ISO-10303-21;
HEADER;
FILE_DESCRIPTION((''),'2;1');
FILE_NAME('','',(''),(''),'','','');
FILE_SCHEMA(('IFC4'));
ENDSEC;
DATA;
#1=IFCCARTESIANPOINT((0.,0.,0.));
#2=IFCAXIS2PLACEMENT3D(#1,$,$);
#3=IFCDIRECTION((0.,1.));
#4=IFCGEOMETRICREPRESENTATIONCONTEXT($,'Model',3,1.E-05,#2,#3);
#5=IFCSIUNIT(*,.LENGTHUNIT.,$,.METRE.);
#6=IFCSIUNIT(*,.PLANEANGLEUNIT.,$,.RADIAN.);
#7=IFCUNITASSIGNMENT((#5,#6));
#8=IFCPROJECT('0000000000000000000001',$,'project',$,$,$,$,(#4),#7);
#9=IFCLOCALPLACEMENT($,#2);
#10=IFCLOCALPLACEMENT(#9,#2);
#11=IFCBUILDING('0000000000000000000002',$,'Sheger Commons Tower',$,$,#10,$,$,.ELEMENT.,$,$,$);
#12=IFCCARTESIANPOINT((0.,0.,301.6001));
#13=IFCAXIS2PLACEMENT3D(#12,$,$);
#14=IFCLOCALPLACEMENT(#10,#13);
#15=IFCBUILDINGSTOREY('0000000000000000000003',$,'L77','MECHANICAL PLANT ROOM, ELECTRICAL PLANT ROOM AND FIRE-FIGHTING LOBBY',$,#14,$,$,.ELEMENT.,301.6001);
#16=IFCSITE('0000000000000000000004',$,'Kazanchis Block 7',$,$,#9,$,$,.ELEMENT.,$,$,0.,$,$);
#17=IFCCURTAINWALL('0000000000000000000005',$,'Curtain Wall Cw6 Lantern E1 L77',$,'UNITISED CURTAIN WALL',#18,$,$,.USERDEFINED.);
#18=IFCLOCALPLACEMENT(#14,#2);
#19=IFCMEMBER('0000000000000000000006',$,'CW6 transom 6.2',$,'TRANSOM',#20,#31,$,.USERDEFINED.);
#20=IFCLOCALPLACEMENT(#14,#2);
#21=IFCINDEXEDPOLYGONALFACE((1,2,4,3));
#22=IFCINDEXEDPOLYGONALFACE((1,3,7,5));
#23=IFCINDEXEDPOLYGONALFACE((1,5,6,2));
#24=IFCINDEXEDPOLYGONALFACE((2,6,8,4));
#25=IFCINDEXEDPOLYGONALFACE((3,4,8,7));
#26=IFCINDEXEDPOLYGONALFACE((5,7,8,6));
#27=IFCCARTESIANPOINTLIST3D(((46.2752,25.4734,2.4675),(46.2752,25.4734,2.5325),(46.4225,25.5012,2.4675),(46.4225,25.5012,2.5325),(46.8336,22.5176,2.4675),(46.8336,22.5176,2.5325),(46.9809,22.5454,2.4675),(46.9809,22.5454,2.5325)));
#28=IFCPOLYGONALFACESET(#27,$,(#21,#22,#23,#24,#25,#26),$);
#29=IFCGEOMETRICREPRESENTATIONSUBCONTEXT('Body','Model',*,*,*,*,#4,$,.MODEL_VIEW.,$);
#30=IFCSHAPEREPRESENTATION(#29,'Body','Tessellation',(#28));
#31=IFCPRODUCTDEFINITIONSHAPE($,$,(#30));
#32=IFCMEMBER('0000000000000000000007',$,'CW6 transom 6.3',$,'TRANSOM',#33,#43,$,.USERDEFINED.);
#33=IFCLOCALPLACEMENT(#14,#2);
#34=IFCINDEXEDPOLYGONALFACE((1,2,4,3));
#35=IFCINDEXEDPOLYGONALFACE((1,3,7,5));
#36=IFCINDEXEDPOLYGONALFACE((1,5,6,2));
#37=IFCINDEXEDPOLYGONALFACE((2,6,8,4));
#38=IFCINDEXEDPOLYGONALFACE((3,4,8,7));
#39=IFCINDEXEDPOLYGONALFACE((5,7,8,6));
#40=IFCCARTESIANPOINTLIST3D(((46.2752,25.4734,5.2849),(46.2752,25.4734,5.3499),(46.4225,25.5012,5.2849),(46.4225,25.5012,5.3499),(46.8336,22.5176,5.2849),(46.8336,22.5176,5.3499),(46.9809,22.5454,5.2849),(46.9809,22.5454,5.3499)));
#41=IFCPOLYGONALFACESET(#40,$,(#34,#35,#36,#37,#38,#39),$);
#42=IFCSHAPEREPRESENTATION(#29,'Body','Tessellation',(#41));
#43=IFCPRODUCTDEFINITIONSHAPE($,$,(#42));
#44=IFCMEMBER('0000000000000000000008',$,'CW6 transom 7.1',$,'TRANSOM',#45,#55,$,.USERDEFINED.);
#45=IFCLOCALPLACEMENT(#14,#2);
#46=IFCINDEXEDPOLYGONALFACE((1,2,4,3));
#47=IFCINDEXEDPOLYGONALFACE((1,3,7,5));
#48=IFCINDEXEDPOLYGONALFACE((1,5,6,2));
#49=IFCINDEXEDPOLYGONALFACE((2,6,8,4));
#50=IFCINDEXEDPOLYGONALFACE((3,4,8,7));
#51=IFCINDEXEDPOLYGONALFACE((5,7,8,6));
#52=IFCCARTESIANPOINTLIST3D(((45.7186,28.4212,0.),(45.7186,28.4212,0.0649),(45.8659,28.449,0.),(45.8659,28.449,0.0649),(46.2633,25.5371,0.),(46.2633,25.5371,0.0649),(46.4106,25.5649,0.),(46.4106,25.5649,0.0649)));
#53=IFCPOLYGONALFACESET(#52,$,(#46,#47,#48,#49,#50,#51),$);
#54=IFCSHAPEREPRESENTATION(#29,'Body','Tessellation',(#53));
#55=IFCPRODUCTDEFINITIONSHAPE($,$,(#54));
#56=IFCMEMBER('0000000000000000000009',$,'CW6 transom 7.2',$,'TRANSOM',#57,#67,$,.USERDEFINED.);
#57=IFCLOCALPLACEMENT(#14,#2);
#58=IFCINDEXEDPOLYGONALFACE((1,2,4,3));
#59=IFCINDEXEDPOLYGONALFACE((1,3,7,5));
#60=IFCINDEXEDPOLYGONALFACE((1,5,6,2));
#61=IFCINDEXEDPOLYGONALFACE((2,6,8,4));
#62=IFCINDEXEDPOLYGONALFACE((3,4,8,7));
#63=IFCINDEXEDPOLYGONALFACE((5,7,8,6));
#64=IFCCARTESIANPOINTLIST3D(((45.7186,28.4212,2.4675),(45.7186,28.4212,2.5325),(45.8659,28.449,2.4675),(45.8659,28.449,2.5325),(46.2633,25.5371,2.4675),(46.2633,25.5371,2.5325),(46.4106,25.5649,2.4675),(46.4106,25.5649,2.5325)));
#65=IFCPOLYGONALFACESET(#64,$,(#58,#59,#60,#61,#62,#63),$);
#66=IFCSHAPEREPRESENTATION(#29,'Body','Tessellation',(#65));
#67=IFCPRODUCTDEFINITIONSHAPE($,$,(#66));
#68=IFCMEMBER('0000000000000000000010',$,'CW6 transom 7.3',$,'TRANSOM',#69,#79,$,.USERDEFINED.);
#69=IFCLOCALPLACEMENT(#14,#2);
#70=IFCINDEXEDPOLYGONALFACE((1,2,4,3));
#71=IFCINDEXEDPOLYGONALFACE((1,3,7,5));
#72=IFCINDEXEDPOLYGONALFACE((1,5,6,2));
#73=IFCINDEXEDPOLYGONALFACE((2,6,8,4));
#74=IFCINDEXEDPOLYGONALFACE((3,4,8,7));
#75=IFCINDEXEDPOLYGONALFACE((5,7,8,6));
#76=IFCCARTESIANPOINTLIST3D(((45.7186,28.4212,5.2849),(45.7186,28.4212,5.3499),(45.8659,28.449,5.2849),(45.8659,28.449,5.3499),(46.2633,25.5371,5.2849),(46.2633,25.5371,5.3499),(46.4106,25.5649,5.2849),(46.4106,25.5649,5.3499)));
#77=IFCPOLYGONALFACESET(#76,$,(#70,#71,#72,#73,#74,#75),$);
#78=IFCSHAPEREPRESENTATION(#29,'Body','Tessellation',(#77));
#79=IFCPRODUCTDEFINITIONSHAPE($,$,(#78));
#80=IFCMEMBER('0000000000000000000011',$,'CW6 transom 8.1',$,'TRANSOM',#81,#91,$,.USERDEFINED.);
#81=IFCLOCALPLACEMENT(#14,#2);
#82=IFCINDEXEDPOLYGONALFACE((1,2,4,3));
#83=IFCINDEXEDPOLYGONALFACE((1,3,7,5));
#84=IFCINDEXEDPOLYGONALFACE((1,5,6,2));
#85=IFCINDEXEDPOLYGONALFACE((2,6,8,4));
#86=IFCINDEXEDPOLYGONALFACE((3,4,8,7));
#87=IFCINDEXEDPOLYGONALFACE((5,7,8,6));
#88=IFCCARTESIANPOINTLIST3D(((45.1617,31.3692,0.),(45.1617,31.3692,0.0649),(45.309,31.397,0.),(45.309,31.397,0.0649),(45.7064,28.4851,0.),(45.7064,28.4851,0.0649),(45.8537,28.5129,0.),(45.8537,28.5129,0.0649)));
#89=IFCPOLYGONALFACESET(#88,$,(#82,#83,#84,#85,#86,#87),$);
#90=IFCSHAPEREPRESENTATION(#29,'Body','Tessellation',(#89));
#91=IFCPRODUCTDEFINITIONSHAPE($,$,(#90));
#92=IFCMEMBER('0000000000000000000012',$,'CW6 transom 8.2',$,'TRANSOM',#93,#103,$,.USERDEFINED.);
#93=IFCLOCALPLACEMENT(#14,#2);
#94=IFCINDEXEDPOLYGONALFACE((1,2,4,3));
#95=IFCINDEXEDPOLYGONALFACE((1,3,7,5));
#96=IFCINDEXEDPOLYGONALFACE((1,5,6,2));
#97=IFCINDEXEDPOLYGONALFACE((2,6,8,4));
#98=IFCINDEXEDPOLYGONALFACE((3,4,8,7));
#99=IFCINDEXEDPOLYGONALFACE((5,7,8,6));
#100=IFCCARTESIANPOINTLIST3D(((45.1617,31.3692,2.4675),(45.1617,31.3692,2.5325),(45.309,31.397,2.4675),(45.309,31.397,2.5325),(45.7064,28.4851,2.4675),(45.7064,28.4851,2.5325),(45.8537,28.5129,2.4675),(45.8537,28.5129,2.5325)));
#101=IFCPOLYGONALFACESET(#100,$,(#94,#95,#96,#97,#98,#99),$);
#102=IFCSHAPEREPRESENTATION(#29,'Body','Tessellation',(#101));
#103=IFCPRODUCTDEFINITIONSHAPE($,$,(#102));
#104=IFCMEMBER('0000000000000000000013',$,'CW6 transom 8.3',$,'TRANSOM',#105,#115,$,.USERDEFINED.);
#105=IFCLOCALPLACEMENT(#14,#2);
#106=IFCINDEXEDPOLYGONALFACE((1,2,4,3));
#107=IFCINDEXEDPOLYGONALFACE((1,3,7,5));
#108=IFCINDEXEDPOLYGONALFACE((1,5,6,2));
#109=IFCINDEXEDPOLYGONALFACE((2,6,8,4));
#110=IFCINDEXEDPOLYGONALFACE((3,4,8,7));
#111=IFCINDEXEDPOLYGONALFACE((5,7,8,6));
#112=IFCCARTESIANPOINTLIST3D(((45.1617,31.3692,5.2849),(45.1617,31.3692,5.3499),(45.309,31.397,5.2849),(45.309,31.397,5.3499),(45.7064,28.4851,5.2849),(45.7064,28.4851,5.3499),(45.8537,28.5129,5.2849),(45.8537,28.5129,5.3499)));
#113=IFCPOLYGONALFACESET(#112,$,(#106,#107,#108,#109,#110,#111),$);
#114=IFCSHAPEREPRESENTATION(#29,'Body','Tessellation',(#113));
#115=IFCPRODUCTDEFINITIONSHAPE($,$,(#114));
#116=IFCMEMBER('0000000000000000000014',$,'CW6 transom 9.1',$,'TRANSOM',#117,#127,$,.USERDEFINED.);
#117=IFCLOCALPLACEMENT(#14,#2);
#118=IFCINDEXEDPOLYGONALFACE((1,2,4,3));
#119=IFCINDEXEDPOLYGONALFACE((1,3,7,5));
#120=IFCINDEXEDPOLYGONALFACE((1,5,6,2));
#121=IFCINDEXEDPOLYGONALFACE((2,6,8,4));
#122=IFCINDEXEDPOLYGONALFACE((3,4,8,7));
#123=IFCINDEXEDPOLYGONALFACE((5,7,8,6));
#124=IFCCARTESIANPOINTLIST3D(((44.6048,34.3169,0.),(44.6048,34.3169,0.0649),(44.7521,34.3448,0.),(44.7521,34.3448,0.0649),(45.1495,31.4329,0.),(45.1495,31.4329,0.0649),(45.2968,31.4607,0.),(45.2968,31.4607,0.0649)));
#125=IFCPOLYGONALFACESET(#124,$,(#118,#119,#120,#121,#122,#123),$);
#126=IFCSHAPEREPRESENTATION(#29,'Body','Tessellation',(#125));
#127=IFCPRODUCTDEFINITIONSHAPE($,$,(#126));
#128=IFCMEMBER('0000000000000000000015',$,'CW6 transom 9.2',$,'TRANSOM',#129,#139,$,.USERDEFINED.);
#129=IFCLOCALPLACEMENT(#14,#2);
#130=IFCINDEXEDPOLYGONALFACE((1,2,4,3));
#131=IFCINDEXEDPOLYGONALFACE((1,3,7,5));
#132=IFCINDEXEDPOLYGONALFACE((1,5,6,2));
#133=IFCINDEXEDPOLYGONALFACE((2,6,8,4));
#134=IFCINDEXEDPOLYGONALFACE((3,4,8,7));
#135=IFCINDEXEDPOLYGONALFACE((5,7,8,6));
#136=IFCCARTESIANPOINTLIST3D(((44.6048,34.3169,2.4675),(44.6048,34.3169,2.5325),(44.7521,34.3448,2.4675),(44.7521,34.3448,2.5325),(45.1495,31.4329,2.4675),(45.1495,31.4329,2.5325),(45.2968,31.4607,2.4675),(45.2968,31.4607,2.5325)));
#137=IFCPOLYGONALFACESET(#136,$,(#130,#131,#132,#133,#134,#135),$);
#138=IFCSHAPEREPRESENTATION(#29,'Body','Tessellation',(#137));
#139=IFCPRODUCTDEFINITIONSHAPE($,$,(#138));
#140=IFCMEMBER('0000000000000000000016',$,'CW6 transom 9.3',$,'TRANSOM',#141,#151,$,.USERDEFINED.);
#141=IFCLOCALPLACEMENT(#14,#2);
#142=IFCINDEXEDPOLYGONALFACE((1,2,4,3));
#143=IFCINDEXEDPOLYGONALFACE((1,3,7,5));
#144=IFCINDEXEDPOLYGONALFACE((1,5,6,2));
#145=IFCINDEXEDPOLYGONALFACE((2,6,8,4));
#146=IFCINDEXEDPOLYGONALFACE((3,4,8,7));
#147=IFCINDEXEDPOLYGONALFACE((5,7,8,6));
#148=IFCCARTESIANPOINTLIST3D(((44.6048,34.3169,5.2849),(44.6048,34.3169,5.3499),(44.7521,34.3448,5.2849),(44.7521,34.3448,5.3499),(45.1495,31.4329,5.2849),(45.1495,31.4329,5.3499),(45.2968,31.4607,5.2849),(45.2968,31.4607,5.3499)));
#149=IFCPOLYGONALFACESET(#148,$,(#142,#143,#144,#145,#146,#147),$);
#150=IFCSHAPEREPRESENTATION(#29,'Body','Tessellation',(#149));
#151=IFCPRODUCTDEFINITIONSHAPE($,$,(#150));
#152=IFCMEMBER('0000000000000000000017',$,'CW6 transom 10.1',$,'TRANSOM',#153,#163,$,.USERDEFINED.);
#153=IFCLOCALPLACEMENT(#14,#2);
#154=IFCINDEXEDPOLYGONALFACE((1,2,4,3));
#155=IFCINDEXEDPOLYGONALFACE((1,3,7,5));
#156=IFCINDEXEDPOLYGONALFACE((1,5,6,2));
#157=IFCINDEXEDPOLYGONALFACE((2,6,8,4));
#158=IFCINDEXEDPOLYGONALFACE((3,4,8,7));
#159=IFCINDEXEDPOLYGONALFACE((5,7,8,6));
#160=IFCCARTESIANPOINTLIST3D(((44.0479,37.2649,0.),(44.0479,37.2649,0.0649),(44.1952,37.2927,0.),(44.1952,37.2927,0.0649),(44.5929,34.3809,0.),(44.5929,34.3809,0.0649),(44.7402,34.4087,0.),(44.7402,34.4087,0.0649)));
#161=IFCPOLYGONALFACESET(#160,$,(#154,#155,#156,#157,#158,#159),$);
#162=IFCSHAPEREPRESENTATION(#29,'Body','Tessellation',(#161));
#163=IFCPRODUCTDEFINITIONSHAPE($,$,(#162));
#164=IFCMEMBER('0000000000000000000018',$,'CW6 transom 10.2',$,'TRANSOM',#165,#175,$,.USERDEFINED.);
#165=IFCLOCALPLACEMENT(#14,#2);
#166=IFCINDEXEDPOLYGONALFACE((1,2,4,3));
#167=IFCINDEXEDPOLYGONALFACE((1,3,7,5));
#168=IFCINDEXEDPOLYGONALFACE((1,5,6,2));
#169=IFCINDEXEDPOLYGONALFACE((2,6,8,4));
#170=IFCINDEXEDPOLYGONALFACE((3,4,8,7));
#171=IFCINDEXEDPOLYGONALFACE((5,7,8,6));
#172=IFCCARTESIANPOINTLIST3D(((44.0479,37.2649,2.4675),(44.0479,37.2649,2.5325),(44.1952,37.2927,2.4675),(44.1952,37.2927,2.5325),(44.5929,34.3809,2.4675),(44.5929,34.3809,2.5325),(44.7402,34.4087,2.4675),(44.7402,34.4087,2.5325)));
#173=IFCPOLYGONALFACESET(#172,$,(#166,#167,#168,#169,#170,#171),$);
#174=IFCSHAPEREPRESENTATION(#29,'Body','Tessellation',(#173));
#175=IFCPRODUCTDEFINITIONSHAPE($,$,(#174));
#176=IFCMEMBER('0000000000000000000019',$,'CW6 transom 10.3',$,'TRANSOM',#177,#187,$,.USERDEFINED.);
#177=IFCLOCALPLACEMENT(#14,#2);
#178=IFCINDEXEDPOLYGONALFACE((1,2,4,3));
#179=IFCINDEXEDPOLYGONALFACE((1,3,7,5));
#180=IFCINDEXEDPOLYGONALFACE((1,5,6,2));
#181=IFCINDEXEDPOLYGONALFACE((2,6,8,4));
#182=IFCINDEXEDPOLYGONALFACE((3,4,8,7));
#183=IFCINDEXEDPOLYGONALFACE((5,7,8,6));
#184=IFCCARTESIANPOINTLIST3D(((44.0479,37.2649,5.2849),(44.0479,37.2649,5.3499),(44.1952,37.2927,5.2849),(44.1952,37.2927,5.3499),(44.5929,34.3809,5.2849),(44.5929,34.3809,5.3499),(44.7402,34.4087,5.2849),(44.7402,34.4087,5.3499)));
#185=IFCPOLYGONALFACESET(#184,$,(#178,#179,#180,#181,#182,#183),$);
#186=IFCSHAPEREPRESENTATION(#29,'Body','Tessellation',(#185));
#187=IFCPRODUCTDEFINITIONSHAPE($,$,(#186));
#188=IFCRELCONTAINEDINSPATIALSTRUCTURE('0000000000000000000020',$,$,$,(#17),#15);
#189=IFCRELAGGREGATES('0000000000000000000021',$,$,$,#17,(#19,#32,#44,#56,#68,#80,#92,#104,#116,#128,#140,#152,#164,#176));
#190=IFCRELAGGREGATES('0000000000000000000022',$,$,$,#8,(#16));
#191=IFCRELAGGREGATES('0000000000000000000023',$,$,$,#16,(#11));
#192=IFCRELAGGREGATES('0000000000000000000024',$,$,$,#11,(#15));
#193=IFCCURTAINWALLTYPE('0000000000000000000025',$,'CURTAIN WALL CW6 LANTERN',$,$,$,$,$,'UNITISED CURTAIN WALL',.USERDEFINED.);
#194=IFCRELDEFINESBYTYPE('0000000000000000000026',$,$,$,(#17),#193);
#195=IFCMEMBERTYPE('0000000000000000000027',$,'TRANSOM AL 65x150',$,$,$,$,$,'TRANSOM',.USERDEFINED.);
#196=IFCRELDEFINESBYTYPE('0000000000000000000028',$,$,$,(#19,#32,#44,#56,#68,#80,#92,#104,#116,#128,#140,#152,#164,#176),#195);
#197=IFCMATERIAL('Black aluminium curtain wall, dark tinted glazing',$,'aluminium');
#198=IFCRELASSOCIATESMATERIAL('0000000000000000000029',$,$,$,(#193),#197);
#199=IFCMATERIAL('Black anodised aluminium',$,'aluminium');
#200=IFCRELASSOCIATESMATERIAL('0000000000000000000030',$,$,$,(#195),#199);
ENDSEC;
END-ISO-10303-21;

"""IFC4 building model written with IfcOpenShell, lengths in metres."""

from ifc_helpers import new_model, si_unit, direction, frame, origin, origin_2d, place, context, subcontext, project, spatial, rectangle, extrude, material, material_profile, profile_set, type_object, element, aggregate, save


model = new_model("IFC4")

# Units and contexts
model_context = context("Model", 3, precision=1e-05, world=origin(), true_north=direction((0.0, 1.0)))
body_context = subcontext(model_context, "Body", "Model", "MODEL_VIEW")
ifc_project = project(units=[si_unit("LENGTHUNIT", "METRE"), si_unit("PLANEANGLEUNIT", "RADIAN")], contexts=[model_context])

# Site, building, storey
site_placement = place(None, origin())
site = spatial("IfcSite", under=ifc_project, at=site_placement, Name="Kazanchis Block 7", CompositionType="ELEMENT", RefElevation=0.0)
building_placement = place(site_placement, origin())
building = spatial("IfcBuilding", under=site, at=building_placement, Name="Sheger Commons Tower", CompositionType="ELEMENT")
storey_placement = place(building_placement, frame((0.0, 0.0, 301.6001)))
storey = spatial("IfcBuildingStorey", under=building, at=storey_placement, Name="L77", Description="MECHANICAL PLANT ROOM, ELECTRICAL PLANT ROOM AND FIRE-FIGHTING LOBBY", CompositionType="ELEMENT", Elevation=301.6001)

# Curtain wall
ifc_material_1 = material(Name="Black aluminium curtain wall, dark tinted glazing", Category="aluminium")
curtain_wall_type = type_object("IfcCurtainWallType", Name="CURTAIN WALL CW6 LANTERN", ElementType="UNITISED CURTAIN WALL", PredefinedType="USERDEFINED", material=ifc_material_1)
curtain_wall_placement = place(storey_placement, origin())
curtain_wall = element("IfcCurtainWall", 1, at=curtain_wall_placement, inside=storey, type_object=curtain_wall_type, Name="Curtain Wall Cw6 Lantern E1 L77", ObjectType="UNITISED CURTAIN WALL", PredefinedType="USERDEFINED")

# Members
ifc_material_2 = material(Name="Black anodised aluminium", Category="aluminium")
ifc_material_profile_1 = material_profile(ifc_material_2, rectangle(XDim=0.1499, YDim=0.0649, at=origin_2d()), Name="AL 65x150")
ifc_profile_set_1 = profile_set([ifc_material_profile_1], Name="Black anodised aluminium")
member_type_1 = type_object("IfcMemberType", Name="TRANSOM AL 65x150", ElementType="TRANSOM", PredefinedType="USERDEFINED", material=ifc_profile_set_1)
member_1_placement = place(storey_placement, frame((46.9072, 22.5315, 2.5), z_axis=(-0.185616, 0.982622, 0.0), x_axis=(-0.982622, -0.185616, 0.0)))
member_1 = element("IfcMember", 2, at=member_1_placement, type_object=member_type_1, Name="CW6 transom 6.2", ObjectType="TRANSOM", PredefinedType="USERDEFINED", context=body_context, shape_type="SweptSolid", body=[
    extrude(rectangle(XDim=0.1499, YDim=0.0649, at=origin_2d()), origin(), (0.0, 0.0, 1.0), 3.0081),
])
member_2_placement = place(storey_placement, frame((46.9072, 22.5315, 5.3174), z_axis=(-0.185616, 0.982622, 0.0), x_axis=(-0.982622, -0.185616, 0.0)))
member_2 = element("IfcMember", 3, at=member_2_placement, type_object=member_type_1, Name="CW6 transom 6.3", ObjectType="TRANSOM", PredefinedType="USERDEFINED", context=body_context, shape_type="SweptSolid", body=[
    extrude(rectangle(XDim=0.1499, YDim=0.0649, at=origin_2d()), origin(), (0.0, 0.0, 1.0), 3.0081),
])
member_3_placement = place(storey_placement, frame((46.3369, 25.551, 0.0325), z_axis=(-0.185579, 0.982629, 0.0), x_axis=(-0.982629, -0.185579, 0.0)))
member_3 = element("IfcMember", 4, at=member_3_placement, type_object=member_type_1, Name="CW6 transom 7.1", ObjectType="TRANSOM", PredefinedType="USERDEFINED", context=body_context, shape_type="SweptSolid", body=[
    extrude(rectangle(XDim=0.1499, YDim=0.0649, at=origin_2d()), origin(), (0.0, 0.0, 1.0), 2.9351),
])
member_4_placement = place(storey_placement, frame((46.3369, 25.551, 2.5), z_axis=(-0.185579, 0.982629, 0.0), x_axis=(-0.982629, -0.185579, 0.0)))
member_4 = element("IfcMember", 5, at=member_4_placement, type_object=member_type_1, Name="CW6 transom 7.2", ObjectType="TRANSOM", PredefinedType="USERDEFINED", context=body_context, shape_type="SweptSolid", body=[
    extrude(rectangle(XDim=0.1499, YDim=0.0649, at=origin_2d()), origin(), (0.0, 0.0, 1.0), 2.9351),
])
member_5_placement = place(storey_placement, frame((46.3369, 25.551, 5.3174), z_axis=(-0.185579, 0.982629, 0.0), x_axis=(-0.982629, -0.185579, 0.0)))
member_5 = element("IfcMember", 6, at=member_5_placement, type_object=member_type_1, Name="CW6 transom 7.3", ObjectType="TRANSOM", PredefinedType="USERDEFINED", context=body_context, shape_type="SweptSolid", body=[
    extrude(rectangle(XDim=0.1499, YDim=0.0649, at=origin_2d()), origin(), (0.0, 0.0, 1.0), 2.9351),
])
member_6_placement = place(storey_placement, frame((45.78, 28.499, 0.0325), z_axis=(-0.185579, 0.982629, 0.0), x_axis=(-0.982629, -0.185579, 0.0)))
member_6 = element("IfcMember", 7, at=member_6_placement, type_object=member_type_1, Name="CW6 transom 8.1", ObjectType="TRANSOM", PredefinedType="USERDEFINED", context=body_context, shape_type="SweptSolid", body=[
    extrude(rectangle(XDim=0.1499, YDim=0.0649, at=origin_2d()), origin(), (0.0, 0.0, 1.0), 2.9351),
])
member_7_placement = place(storey_placement, frame((45.78, 28.499, 2.5), z_axis=(-0.185579, 0.982629, 0.0), x_axis=(-0.982629, -0.185579, 0.0)))
member_7 = element("IfcMember", 8, at=member_7_placement, type_object=member_type_1, Name="CW6 transom 8.2", ObjectType="TRANSOM", PredefinedType="USERDEFINED", context=body_context, shape_type="SweptSolid", body=[
    extrude(rectangle(XDim=0.1499, YDim=0.0649, at=origin_2d()), origin(), (0.0, 0.0, 1.0), 2.9351),
])
member_8_placement = place(storey_placement, frame((45.78, 28.499, 5.3174), z_axis=(-0.185579, 0.982629, 0.0), x_axis=(-0.982629, -0.185579, 0.0)))
member_8 = element("IfcMember", 9, at=member_8_placement, type_object=member_type_1, Name="CW6 transom 8.3", ObjectType="TRANSOM", PredefinedType="USERDEFINED", context=body_context, shape_type="SweptSolid", body=[
    extrude(rectangle(XDim=0.1499, YDim=0.0649, at=origin_2d()), origin(), (0.0, 0.0, 1.0), 2.9351),
])
member_9_placement = place(storey_placement, frame((45.2231, 31.4468, 0.0325), z_axis=(-0.185579, 0.982629, 0.0), x_axis=(-0.982629, -0.185579, 0.0)))
member_9 = element("IfcMember", 10, at=member_9_placement, type_object=member_type_1, Name="CW6 transom 9.1", ObjectType="TRANSOM", PredefinedType="USERDEFINED", context=body_context, shape_type="SweptSolid", body=[
    extrude(rectangle(XDim=0.1499, YDim=0.0649, at=origin_2d()), origin(), (0.0, 0.0, 1.0), 2.9351),
])
member_10_placement = place(storey_placement, frame((45.2231, 31.4468, 2.5), z_axis=(-0.185579, 0.982629, 0.0), x_axis=(-0.982629, -0.185579, 0.0)))
member_10 = element("IfcMember", 11, at=member_10_placement, type_object=member_type_1, Name="CW6 transom 9.2", ObjectType="TRANSOM", PredefinedType="USERDEFINED", context=body_context, shape_type="SweptSolid", body=[
    extrude(rectangle(XDim=0.1499, YDim=0.0649, at=origin_2d()), origin(), (0.0, 0.0, 1.0), 2.9351),
])
member_11_placement = place(storey_placement, frame((45.2231, 31.4468, 5.3174), z_axis=(-0.185579, 0.982629, 0.0), x_axis=(-0.982629, -0.185579, 0.0)))
member_11 = element("IfcMember", 12, at=member_11_placement, type_object=member_type_1, Name="CW6 transom 9.3", ObjectType="TRANSOM", PredefinedType="USERDEFINED", context=body_context, shape_type="SweptSolid", body=[
    extrude(rectangle(XDim=0.1499, YDim=0.0649, at=origin_2d()), origin(), (0.0, 0.0, 1.0), 2.9351),
])
member_12_placement = place(storey_placement, frame((44.6665, 34.3948, 0.0325), z_axis=(-0.185659, 0.982614, 0.0), x_axis=(-0.982614, -0.185659, 0.0)))
member_12 = element("IfcMember", 13, at=member_12_placement, type_object=member_type_1, Name="CW6 transom 10.1", ObjectType="TRANSOM", PredefinedType="USERDEFINED", context=body_context, shape_type="SweptSolid", body=[
    extrude(rectangle(XDim=0.1499, YDim=0.0649, at=origin_2d()), origin(), (0.0, 0.0, 1.0), 2.9351),
])
member_13_placement = place(storey_placement, frame((44.6665, 34.3948, 2.5), z_axis=(-0.185659, 0.982614, 0.0), x_axis=(-0.982614, -0.185659, 0.0)))
member_13 = element("IfcMember", 14, at=member_13_placement, type_object=member_type_1, Name="CW6 transom 10.2", ObjectType="TRANSOM", PredefinedType="USERDEFINED", context=body_context, shape_type="SweptSolid", body=[
    extrude(rectangle(XDim=0.1499, YDim=0.0649, at=origin_2d()), origin(), (0.0, 0.0, 1.0), 2.9351),
])
member_14_placement = place(storey_placement, frame((44.6665, 34.3948, 5.3174), z_axis=(-0.185659, 0.982614, 0.0), x_axis=(-0.982614, -0.185659, 0.0)))
member_14 = element("IfcMember", 15, at=member_14_placement, type_object=member_type_1, Name="CW6 transom 10.3", ObjectType="TRANSOM", PredefinedType="USERDEFINED", context=body_context, shape_type="SweptSolid", body=[
    extrude(rectangle(XDim=0.1499, YDim=0.0649, at=origin_2d()), origin(), (0.0, 0.0, 1.0), 2.9351),
])

aggregate(curtain_wall, [member_1, member_2, member_3, member_4, member_5, member_6, member_7, member_8, member_9, member_10, member_11, member_12, member_13, member_14])

save(model, "model.ifc")
